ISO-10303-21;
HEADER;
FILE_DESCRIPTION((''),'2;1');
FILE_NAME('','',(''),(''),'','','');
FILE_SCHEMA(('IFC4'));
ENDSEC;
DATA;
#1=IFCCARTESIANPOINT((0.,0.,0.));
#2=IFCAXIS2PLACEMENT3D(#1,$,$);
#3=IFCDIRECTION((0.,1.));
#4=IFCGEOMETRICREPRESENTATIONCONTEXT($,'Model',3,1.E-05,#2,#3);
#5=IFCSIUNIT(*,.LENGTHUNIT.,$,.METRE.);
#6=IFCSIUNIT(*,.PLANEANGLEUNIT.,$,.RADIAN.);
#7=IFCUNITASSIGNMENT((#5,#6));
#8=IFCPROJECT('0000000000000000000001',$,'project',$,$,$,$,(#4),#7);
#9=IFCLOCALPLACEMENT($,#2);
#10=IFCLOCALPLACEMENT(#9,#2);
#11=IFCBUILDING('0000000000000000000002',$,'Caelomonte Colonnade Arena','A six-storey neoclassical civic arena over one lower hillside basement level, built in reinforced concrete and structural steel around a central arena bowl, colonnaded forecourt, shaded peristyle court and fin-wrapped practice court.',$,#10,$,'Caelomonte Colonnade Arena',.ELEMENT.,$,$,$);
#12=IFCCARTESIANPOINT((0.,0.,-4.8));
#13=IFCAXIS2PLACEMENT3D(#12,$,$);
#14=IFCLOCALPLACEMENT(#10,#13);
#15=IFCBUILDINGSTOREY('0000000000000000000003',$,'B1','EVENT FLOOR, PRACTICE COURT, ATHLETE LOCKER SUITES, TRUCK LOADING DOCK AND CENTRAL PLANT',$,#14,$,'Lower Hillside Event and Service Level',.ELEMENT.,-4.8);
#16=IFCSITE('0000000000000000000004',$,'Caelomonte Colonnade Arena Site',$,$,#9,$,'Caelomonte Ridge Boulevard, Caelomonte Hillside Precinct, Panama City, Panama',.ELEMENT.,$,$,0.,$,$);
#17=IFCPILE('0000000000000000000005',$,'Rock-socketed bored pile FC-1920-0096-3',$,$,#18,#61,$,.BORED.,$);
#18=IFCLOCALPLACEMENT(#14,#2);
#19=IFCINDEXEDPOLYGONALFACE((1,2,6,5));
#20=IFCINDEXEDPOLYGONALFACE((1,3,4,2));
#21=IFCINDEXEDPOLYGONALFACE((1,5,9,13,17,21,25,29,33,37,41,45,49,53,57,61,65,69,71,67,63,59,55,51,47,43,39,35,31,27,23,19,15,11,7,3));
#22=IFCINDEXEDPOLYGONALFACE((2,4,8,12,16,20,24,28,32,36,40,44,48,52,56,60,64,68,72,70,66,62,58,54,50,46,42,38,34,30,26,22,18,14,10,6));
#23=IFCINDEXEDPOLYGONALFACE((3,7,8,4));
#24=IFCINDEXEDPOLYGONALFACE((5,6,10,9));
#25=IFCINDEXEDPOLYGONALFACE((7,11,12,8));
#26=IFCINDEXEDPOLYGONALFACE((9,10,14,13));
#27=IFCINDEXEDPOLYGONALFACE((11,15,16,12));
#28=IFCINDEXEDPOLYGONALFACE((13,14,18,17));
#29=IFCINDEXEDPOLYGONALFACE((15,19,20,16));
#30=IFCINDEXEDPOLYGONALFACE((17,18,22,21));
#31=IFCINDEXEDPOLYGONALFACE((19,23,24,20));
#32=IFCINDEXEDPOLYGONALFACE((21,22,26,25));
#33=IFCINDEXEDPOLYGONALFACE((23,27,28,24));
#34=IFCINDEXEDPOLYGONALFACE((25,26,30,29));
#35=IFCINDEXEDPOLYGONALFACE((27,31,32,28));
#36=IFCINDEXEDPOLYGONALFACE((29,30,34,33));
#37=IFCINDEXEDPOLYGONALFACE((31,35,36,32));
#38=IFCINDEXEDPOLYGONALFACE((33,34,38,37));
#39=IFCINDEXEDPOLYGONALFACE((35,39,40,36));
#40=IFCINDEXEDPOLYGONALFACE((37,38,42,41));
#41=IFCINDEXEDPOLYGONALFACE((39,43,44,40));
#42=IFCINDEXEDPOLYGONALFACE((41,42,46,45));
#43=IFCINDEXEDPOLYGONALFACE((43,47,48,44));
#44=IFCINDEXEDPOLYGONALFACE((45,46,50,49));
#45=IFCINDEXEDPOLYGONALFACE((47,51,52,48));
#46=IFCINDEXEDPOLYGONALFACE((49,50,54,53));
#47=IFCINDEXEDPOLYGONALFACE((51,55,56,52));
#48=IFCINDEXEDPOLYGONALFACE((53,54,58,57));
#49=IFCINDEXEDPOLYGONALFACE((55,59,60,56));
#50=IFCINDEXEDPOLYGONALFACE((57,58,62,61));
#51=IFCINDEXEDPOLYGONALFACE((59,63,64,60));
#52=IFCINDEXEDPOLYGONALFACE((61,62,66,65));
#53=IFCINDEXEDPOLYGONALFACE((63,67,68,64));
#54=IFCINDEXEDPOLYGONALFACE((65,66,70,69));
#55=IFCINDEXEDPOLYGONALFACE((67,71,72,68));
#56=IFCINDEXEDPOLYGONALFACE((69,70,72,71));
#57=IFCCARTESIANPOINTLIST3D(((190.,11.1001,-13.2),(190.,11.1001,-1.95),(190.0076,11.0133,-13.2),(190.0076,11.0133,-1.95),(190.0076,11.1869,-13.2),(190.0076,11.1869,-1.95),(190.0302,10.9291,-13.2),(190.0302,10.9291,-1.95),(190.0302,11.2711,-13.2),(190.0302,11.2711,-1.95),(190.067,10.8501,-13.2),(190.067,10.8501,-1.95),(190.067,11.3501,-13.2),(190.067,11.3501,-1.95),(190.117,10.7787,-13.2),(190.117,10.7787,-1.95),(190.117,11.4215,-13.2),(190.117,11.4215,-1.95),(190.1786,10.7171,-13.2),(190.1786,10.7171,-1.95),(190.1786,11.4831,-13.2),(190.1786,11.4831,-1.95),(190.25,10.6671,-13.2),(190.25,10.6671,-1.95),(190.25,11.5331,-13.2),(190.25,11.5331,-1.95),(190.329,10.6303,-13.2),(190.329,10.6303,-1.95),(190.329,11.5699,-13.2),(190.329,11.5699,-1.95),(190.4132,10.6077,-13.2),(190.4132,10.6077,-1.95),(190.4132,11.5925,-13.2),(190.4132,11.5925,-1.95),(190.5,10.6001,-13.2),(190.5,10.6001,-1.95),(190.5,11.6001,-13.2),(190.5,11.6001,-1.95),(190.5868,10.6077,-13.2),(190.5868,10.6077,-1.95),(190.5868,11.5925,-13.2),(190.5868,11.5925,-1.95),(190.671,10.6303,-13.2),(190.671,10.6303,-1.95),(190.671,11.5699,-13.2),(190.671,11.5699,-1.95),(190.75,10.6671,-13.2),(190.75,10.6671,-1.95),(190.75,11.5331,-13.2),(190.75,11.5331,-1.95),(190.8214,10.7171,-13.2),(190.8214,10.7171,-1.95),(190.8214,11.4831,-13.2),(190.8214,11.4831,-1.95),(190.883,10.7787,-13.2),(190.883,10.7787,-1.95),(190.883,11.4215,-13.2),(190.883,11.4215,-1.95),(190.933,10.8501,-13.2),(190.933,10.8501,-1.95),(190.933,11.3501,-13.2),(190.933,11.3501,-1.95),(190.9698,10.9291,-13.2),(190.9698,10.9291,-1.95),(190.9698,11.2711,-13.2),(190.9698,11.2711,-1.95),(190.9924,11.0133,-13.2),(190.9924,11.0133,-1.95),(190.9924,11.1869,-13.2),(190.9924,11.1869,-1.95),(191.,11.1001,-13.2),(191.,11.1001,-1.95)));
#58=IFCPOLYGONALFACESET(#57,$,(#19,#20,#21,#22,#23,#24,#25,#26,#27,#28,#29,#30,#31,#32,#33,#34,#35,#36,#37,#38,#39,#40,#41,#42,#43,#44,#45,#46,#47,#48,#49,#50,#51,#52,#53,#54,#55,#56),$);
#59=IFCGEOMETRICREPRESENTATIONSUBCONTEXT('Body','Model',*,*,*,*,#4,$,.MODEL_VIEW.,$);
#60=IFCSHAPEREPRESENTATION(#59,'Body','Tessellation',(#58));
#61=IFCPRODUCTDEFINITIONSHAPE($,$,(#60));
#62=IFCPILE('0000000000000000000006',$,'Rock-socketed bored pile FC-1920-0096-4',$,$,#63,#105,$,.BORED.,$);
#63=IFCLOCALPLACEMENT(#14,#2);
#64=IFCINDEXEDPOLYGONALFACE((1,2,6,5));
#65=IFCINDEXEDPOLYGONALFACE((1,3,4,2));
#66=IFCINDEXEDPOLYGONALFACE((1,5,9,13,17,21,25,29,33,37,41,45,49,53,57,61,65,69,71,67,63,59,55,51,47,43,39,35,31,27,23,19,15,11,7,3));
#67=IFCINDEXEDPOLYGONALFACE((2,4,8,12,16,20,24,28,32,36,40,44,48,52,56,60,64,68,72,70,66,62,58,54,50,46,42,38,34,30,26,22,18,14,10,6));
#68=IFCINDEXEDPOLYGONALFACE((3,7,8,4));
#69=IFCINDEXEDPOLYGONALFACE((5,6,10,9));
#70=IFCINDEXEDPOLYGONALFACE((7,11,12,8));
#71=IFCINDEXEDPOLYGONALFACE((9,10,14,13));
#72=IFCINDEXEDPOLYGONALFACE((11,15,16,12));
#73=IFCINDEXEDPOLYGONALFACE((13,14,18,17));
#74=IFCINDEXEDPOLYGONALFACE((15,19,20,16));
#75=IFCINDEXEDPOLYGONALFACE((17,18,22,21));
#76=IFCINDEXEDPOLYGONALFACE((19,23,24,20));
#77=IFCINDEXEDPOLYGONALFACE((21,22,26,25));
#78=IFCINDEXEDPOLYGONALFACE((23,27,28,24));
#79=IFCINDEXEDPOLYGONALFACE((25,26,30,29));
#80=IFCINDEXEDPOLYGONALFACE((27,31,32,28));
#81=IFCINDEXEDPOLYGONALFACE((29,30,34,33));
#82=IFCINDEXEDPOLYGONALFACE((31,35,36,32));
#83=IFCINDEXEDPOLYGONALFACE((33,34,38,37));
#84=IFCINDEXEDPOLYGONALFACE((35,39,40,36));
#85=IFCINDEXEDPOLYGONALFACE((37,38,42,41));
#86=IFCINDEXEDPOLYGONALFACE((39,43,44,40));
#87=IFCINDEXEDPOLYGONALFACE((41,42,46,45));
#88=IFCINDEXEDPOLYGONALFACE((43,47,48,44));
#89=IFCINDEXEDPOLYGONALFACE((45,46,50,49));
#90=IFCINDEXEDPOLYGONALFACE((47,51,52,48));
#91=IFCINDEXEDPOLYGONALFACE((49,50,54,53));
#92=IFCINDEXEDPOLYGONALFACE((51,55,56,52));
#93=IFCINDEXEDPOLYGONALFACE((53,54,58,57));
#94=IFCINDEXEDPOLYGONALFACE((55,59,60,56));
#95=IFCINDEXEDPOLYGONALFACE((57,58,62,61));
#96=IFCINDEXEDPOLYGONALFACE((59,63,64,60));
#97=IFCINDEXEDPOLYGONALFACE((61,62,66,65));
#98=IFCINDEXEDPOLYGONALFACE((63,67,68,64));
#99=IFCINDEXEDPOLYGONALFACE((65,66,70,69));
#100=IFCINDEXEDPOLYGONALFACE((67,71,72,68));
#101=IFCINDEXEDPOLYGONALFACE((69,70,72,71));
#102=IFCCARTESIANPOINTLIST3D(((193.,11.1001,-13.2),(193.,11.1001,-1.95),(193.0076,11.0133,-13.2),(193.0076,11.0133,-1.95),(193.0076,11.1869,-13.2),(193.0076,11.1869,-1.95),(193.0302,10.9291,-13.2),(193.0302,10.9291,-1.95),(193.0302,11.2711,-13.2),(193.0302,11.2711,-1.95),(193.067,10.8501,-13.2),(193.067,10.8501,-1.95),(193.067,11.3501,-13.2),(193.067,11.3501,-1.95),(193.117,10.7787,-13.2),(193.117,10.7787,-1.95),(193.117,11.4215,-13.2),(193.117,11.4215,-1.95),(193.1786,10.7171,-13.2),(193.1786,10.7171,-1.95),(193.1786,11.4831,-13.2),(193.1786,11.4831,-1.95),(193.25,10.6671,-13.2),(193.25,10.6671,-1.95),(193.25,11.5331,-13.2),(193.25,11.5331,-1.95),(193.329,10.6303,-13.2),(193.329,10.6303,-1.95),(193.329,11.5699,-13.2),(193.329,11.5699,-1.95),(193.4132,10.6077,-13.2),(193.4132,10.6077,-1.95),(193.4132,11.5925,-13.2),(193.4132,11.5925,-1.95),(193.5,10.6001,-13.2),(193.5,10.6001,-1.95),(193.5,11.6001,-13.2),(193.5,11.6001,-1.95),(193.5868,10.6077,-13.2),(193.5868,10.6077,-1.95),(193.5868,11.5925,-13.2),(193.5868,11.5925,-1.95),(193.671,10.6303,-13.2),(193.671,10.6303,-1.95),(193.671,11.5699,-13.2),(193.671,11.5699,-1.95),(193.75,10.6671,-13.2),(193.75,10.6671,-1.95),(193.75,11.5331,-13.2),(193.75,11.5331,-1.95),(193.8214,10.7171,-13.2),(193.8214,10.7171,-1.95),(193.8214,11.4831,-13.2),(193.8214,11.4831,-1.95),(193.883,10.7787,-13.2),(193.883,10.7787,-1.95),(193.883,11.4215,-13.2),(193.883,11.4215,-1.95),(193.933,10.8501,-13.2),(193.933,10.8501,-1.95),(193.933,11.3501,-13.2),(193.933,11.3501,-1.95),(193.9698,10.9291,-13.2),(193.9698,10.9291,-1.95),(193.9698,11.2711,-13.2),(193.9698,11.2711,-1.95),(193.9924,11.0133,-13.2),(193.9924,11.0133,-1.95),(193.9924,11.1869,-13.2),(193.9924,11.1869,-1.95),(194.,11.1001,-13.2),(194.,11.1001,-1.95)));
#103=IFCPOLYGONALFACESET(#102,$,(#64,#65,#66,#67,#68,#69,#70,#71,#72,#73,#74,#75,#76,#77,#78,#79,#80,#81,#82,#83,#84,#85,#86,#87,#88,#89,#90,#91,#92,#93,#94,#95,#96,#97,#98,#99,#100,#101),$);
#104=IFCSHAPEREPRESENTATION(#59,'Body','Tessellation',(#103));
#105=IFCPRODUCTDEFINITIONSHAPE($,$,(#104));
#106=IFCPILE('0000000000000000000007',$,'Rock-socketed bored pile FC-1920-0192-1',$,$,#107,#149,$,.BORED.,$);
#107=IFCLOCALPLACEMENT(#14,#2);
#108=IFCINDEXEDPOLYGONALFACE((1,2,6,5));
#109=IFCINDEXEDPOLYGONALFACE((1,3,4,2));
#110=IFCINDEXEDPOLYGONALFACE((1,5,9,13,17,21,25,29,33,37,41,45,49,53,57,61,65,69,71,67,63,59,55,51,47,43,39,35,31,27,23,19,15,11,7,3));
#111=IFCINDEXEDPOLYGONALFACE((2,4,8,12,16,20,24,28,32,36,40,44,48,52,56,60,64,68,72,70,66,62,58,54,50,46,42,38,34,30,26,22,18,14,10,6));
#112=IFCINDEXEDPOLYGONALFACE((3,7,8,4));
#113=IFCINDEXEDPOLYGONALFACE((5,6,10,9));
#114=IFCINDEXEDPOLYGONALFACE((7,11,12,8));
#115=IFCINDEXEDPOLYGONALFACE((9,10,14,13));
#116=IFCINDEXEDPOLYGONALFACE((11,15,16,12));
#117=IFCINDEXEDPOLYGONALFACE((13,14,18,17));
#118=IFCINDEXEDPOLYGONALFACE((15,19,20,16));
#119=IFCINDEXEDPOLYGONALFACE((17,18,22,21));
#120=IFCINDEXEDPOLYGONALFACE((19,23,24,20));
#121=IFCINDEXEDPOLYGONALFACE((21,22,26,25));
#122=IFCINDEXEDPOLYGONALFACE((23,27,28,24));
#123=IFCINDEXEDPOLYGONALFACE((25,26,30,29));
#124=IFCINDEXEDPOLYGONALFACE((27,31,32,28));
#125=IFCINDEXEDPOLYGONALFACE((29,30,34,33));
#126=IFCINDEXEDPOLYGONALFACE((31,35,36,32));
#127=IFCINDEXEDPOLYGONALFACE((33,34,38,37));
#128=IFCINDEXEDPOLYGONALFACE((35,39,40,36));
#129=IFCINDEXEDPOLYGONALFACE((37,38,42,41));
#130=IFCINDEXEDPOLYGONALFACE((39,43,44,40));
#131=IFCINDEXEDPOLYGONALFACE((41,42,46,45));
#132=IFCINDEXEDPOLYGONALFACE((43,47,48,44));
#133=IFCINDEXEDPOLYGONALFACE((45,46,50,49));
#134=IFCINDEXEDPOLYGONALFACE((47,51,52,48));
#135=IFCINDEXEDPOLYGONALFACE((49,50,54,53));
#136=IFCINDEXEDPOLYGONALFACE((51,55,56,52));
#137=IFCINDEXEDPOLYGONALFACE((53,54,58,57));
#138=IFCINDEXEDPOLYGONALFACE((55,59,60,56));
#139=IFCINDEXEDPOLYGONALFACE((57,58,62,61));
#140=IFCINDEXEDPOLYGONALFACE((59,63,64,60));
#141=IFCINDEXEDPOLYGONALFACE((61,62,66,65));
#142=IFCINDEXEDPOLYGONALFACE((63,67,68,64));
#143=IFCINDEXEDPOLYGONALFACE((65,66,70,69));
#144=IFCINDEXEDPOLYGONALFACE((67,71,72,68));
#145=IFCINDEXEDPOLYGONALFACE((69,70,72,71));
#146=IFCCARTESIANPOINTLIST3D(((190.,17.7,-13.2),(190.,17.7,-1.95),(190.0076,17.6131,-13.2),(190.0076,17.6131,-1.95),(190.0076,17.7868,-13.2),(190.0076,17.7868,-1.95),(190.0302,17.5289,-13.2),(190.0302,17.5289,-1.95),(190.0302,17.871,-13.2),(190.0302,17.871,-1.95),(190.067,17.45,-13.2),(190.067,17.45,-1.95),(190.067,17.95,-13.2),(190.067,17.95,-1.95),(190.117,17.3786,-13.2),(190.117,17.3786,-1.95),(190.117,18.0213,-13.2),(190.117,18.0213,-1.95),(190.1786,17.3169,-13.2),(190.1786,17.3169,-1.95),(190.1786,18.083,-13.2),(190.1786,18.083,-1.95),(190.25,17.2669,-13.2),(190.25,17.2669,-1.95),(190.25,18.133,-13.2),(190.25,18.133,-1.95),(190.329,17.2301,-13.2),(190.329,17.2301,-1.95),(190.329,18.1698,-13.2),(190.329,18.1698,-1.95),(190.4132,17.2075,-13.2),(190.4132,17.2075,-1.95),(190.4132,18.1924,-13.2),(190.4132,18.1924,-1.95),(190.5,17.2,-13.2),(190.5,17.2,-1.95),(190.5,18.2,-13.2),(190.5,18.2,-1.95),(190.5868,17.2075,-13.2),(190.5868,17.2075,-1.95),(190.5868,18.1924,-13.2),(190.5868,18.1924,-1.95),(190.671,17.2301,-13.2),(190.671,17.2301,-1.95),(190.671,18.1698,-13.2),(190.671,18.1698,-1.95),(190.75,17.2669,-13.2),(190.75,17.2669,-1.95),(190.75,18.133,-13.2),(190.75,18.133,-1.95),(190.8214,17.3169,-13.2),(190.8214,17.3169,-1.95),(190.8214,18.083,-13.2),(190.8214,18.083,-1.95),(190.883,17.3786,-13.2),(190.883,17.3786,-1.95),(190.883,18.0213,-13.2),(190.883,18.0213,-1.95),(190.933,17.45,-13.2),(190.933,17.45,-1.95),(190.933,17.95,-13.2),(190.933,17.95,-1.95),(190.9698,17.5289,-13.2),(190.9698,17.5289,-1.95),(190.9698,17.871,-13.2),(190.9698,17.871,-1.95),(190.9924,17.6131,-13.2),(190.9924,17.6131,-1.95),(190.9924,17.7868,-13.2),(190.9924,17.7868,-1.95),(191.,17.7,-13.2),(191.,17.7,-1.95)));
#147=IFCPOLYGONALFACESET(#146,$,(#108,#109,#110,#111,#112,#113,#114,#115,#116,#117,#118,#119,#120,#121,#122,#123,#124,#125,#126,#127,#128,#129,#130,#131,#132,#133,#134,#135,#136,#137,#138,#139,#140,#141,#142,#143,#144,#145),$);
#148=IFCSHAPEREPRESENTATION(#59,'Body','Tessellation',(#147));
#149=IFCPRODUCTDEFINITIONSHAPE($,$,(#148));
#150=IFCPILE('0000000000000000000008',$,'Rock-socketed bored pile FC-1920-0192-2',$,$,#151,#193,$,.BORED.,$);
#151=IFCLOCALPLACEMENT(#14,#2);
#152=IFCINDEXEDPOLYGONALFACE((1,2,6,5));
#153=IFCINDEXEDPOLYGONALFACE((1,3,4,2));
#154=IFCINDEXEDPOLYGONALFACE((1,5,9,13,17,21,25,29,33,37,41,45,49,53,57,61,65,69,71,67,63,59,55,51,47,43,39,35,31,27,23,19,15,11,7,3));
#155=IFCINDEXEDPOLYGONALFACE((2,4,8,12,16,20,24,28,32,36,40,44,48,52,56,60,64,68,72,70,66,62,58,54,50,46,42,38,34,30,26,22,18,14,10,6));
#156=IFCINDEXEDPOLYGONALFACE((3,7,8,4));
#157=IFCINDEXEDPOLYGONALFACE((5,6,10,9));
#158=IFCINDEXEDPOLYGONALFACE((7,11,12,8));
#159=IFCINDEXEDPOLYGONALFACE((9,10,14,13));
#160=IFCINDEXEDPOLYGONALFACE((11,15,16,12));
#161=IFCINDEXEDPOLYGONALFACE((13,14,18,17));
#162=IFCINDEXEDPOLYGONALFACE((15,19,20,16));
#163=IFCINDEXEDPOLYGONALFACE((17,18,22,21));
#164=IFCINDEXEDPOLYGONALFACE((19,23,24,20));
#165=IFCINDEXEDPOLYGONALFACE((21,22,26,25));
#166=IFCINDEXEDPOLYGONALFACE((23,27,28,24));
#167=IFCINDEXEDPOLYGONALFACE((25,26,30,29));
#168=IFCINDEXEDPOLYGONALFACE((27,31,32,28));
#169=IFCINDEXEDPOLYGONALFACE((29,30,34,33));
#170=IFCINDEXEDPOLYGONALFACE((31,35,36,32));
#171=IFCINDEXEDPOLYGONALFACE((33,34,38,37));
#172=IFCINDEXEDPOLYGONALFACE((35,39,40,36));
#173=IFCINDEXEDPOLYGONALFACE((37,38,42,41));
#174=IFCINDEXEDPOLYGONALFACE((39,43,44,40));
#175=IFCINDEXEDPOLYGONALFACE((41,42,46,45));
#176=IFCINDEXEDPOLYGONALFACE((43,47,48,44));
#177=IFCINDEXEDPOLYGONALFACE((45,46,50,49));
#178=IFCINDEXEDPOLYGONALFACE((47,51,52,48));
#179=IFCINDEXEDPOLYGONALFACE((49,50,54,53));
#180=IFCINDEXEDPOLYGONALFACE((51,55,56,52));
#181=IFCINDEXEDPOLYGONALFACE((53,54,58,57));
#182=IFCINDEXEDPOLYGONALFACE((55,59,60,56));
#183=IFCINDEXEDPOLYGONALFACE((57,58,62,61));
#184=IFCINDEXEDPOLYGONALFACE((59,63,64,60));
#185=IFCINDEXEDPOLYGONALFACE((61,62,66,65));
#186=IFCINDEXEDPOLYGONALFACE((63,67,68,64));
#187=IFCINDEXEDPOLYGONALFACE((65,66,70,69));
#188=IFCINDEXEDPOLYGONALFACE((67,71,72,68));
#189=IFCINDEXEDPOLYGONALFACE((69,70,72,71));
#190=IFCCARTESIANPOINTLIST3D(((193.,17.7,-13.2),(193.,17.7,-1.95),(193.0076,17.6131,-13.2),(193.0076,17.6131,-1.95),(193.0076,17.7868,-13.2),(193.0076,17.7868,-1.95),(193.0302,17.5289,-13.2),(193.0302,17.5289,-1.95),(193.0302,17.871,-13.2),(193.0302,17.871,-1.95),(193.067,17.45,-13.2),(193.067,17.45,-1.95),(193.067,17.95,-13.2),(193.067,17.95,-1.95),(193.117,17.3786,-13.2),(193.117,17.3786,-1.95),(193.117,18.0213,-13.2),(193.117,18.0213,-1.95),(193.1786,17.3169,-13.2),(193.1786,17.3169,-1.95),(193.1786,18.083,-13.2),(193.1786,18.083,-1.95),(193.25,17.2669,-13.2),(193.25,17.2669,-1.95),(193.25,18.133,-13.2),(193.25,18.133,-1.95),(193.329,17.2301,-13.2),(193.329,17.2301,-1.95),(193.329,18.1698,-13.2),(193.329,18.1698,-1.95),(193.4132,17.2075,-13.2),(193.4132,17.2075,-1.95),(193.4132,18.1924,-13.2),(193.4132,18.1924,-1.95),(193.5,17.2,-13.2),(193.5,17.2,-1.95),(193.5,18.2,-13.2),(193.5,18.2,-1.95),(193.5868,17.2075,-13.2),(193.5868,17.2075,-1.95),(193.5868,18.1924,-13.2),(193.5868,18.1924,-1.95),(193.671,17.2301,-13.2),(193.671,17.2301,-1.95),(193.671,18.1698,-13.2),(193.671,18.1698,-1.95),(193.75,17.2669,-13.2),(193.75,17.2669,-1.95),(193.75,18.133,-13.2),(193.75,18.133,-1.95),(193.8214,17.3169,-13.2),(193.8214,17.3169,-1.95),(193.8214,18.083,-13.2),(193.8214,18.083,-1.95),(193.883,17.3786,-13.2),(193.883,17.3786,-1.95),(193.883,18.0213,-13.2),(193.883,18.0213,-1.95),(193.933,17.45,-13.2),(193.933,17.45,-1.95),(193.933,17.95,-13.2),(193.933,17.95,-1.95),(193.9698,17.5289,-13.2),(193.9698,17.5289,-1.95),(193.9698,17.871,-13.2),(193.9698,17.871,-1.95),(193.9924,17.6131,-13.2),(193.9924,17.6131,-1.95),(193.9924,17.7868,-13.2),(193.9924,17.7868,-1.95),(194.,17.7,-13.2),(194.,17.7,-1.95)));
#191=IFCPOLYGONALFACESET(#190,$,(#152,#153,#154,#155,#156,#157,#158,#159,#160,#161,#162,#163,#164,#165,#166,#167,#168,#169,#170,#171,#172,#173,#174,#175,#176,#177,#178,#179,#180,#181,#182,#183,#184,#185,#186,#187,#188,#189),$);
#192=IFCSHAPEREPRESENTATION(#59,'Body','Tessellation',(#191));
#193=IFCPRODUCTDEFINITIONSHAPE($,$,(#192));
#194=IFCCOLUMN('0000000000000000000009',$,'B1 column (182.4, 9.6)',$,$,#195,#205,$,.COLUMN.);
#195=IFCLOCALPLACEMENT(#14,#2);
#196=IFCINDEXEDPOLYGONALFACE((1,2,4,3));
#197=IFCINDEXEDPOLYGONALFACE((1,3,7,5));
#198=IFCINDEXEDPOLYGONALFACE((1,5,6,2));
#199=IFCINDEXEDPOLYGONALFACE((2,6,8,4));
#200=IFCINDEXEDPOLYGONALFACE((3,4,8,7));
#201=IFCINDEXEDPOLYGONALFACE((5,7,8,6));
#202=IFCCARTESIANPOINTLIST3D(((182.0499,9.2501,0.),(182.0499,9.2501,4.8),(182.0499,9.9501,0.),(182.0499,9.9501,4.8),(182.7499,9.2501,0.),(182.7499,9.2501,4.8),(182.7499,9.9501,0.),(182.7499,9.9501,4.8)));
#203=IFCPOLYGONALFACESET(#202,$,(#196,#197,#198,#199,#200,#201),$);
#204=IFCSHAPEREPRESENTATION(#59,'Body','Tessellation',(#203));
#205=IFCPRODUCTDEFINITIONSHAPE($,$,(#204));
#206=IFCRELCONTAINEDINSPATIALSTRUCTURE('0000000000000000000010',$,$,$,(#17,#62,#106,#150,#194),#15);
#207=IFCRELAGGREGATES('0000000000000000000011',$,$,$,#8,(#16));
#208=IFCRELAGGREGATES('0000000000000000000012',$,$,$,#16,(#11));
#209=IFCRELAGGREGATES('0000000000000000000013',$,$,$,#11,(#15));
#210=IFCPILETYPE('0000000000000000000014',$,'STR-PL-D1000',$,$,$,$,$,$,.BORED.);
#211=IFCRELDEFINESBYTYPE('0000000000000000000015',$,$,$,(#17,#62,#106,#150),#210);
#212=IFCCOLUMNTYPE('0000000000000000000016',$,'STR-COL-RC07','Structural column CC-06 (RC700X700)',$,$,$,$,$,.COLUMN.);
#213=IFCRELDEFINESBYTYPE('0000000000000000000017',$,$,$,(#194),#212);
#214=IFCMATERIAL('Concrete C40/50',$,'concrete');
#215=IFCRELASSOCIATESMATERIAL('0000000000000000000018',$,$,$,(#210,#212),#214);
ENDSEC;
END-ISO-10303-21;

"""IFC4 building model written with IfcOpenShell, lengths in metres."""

from ifc_helpers import new_model, si_unit, direction, frame, origin, origin_2d, place, context, subcontext, project, spatial, rectangle, circle, extrude, material, material_profile, profile_set, type_object, element, save


model = new_model("IFC4")

# Units and contexts
model_context = context("Model", 3, precision=1e-05, world=origin(), true_north=direction((0.0, 1.0)))
body_context = subcontext(model_context, "Body", "Model", "MODEL_VIEW")
ifc_project = project(units=[si_unit("LENGTHUNIT", "METRE"), si_unit("PLANEANGLEUNIT", "RADIAN")], contexts=[model_context])

# Site, building, storey
site_placement = place(None, origin())
site = spatial("IfcSite", under=ifc_project, at=site_placement, Name="Caelomonte Colonnade Arena Site", LongName="Caelomonte Ridge Boulevard, Caelomonte Hillside Precinct, Panama City, Panama", CompositionType="ELEMENT", RefElevation=0.0)
building_placement = place(site_placement, origin())
building = spatial("IfcBuilding", under=site, at=building_placement, Name="Caelomonte Colonnade Arena", Description="A six-storey neoclassical civic arena over one lower hillside basement level, built in reinforced concrete and structural steel around a central arena bowl, colonnaded forecourt, shaded peristyle court and fin-wrapped practice court.", LongName="Caelomonte Colonnade Arena", CompositionType="ELEMENT")
storey_placement = place(building_placement, frame((0.0, 0.0, -4.8)))
storey = spatial("IfcBuildingStorey", under=building, at=storey_placement, Name="B1", Description="EVENT FLOOR, PRACTICE COURT, ATHLETE LOCKER SUITES, TRUCK LOADING DOCK AND CENTRAL PLANT", LongName="Lower Hillside Event and Service Level", CompositionType="ELEMENT", Elevation=-4.8)

# Shared definitions
ifc_material_1 = material(Name="Concrete C40/50", Category="concrete")

# Piles
ifc_material_profile_1 = material_profile(ifc_material_1, circle(Radius=0.5, at=origin_2d()), Name="PILE-D1000")
ifc_profile_set_1 = profile_set([ifc_material_profile_1], Name="Concrete C40/50")
pile_type = type_object("IfcPileType", Name="STR-PL-D1000", PredefinedType="BORED", material=ifc_profile_set_1)
for number, where, z_axis, x_axis, name in (
    (1, (190.5, 11.1001, -1.95), (0.0, 0.0, -1.0), (1.0, 0.0, 0.0), "Rock-socketed bored pile FC-1920-0096-3"),
    (2, (193.5, 11.1001, -1.95), (0.0, 0.0, -1.0), (1.0, 0.0, 0.0), "Rock-socketed bored pile FC-1920-0096-4"),
    (3, (190.5, 17.7, -1.95), (0.0, 0.0, -1.0), (1.0, 0.0, 0.0), "Rock-socketed bored pile FC-1920-0192-1"),
    (4, (193.5, 17.7, -1.95), (0.0, 0.0, -1.0), (1.0, 0.0, 0.0), "Rock-socketed bored pile FC-1920-0192-2"),
):
    element("IfcPile", number, at=place(storey_placement, frame(where, z_axis=z_axis, x_axis=x_axis)), inside=storey, type_object=pile_type, Name=name, PredefinedType="BORED", context=body_context, shape_type="SweptSolid", body=[
        extrude(circle(Radius=0.5, at=origin_2d()), origin(), (0.0, 0.0, 1.0), 11.25),
    ])

# Column
ifc_material_profile_2 = material_profile(ifc_material_1, rectangle(XDim=0.7, YDim=0.7, at=origin_2d()), Name="RC700X700")
ifc_profile_set_2 = profile_set([ifc_material_profile_2], Name="Concrete C40/50")
column_type_1 = type_object("IfcColumnType", Name="STR-COL-RC07", Description="Structural column CC-06 (RC700X700)", PredefinedType="COLUMN", material=ifc_profile_set_2)
for number, where, z_axis, x_axis, name in (
    (5, (182.3999, 9.6001, 0.0), (0.0, 0.0, 1.0), (1.0, 0.0, 0.0), "B1 column (182.4, 9.6)"),
):
    element("IfcColumn", number, at=place(storey_placement, frame(where, z_axis=z_axis, x_axis=x_axis)), inside=storey, type_object=column_type_1, Name=name, PredefinedType="COLUMN", context=body_context, shape_type="SweptSolid", body=[
        extrude(rectangle(XDim=0.7, YDim=0.7, at=origin_2d()), origin(), (0.0, 0.0, 1.0), 4.8),
    ])

save(model, "model.ifc")
